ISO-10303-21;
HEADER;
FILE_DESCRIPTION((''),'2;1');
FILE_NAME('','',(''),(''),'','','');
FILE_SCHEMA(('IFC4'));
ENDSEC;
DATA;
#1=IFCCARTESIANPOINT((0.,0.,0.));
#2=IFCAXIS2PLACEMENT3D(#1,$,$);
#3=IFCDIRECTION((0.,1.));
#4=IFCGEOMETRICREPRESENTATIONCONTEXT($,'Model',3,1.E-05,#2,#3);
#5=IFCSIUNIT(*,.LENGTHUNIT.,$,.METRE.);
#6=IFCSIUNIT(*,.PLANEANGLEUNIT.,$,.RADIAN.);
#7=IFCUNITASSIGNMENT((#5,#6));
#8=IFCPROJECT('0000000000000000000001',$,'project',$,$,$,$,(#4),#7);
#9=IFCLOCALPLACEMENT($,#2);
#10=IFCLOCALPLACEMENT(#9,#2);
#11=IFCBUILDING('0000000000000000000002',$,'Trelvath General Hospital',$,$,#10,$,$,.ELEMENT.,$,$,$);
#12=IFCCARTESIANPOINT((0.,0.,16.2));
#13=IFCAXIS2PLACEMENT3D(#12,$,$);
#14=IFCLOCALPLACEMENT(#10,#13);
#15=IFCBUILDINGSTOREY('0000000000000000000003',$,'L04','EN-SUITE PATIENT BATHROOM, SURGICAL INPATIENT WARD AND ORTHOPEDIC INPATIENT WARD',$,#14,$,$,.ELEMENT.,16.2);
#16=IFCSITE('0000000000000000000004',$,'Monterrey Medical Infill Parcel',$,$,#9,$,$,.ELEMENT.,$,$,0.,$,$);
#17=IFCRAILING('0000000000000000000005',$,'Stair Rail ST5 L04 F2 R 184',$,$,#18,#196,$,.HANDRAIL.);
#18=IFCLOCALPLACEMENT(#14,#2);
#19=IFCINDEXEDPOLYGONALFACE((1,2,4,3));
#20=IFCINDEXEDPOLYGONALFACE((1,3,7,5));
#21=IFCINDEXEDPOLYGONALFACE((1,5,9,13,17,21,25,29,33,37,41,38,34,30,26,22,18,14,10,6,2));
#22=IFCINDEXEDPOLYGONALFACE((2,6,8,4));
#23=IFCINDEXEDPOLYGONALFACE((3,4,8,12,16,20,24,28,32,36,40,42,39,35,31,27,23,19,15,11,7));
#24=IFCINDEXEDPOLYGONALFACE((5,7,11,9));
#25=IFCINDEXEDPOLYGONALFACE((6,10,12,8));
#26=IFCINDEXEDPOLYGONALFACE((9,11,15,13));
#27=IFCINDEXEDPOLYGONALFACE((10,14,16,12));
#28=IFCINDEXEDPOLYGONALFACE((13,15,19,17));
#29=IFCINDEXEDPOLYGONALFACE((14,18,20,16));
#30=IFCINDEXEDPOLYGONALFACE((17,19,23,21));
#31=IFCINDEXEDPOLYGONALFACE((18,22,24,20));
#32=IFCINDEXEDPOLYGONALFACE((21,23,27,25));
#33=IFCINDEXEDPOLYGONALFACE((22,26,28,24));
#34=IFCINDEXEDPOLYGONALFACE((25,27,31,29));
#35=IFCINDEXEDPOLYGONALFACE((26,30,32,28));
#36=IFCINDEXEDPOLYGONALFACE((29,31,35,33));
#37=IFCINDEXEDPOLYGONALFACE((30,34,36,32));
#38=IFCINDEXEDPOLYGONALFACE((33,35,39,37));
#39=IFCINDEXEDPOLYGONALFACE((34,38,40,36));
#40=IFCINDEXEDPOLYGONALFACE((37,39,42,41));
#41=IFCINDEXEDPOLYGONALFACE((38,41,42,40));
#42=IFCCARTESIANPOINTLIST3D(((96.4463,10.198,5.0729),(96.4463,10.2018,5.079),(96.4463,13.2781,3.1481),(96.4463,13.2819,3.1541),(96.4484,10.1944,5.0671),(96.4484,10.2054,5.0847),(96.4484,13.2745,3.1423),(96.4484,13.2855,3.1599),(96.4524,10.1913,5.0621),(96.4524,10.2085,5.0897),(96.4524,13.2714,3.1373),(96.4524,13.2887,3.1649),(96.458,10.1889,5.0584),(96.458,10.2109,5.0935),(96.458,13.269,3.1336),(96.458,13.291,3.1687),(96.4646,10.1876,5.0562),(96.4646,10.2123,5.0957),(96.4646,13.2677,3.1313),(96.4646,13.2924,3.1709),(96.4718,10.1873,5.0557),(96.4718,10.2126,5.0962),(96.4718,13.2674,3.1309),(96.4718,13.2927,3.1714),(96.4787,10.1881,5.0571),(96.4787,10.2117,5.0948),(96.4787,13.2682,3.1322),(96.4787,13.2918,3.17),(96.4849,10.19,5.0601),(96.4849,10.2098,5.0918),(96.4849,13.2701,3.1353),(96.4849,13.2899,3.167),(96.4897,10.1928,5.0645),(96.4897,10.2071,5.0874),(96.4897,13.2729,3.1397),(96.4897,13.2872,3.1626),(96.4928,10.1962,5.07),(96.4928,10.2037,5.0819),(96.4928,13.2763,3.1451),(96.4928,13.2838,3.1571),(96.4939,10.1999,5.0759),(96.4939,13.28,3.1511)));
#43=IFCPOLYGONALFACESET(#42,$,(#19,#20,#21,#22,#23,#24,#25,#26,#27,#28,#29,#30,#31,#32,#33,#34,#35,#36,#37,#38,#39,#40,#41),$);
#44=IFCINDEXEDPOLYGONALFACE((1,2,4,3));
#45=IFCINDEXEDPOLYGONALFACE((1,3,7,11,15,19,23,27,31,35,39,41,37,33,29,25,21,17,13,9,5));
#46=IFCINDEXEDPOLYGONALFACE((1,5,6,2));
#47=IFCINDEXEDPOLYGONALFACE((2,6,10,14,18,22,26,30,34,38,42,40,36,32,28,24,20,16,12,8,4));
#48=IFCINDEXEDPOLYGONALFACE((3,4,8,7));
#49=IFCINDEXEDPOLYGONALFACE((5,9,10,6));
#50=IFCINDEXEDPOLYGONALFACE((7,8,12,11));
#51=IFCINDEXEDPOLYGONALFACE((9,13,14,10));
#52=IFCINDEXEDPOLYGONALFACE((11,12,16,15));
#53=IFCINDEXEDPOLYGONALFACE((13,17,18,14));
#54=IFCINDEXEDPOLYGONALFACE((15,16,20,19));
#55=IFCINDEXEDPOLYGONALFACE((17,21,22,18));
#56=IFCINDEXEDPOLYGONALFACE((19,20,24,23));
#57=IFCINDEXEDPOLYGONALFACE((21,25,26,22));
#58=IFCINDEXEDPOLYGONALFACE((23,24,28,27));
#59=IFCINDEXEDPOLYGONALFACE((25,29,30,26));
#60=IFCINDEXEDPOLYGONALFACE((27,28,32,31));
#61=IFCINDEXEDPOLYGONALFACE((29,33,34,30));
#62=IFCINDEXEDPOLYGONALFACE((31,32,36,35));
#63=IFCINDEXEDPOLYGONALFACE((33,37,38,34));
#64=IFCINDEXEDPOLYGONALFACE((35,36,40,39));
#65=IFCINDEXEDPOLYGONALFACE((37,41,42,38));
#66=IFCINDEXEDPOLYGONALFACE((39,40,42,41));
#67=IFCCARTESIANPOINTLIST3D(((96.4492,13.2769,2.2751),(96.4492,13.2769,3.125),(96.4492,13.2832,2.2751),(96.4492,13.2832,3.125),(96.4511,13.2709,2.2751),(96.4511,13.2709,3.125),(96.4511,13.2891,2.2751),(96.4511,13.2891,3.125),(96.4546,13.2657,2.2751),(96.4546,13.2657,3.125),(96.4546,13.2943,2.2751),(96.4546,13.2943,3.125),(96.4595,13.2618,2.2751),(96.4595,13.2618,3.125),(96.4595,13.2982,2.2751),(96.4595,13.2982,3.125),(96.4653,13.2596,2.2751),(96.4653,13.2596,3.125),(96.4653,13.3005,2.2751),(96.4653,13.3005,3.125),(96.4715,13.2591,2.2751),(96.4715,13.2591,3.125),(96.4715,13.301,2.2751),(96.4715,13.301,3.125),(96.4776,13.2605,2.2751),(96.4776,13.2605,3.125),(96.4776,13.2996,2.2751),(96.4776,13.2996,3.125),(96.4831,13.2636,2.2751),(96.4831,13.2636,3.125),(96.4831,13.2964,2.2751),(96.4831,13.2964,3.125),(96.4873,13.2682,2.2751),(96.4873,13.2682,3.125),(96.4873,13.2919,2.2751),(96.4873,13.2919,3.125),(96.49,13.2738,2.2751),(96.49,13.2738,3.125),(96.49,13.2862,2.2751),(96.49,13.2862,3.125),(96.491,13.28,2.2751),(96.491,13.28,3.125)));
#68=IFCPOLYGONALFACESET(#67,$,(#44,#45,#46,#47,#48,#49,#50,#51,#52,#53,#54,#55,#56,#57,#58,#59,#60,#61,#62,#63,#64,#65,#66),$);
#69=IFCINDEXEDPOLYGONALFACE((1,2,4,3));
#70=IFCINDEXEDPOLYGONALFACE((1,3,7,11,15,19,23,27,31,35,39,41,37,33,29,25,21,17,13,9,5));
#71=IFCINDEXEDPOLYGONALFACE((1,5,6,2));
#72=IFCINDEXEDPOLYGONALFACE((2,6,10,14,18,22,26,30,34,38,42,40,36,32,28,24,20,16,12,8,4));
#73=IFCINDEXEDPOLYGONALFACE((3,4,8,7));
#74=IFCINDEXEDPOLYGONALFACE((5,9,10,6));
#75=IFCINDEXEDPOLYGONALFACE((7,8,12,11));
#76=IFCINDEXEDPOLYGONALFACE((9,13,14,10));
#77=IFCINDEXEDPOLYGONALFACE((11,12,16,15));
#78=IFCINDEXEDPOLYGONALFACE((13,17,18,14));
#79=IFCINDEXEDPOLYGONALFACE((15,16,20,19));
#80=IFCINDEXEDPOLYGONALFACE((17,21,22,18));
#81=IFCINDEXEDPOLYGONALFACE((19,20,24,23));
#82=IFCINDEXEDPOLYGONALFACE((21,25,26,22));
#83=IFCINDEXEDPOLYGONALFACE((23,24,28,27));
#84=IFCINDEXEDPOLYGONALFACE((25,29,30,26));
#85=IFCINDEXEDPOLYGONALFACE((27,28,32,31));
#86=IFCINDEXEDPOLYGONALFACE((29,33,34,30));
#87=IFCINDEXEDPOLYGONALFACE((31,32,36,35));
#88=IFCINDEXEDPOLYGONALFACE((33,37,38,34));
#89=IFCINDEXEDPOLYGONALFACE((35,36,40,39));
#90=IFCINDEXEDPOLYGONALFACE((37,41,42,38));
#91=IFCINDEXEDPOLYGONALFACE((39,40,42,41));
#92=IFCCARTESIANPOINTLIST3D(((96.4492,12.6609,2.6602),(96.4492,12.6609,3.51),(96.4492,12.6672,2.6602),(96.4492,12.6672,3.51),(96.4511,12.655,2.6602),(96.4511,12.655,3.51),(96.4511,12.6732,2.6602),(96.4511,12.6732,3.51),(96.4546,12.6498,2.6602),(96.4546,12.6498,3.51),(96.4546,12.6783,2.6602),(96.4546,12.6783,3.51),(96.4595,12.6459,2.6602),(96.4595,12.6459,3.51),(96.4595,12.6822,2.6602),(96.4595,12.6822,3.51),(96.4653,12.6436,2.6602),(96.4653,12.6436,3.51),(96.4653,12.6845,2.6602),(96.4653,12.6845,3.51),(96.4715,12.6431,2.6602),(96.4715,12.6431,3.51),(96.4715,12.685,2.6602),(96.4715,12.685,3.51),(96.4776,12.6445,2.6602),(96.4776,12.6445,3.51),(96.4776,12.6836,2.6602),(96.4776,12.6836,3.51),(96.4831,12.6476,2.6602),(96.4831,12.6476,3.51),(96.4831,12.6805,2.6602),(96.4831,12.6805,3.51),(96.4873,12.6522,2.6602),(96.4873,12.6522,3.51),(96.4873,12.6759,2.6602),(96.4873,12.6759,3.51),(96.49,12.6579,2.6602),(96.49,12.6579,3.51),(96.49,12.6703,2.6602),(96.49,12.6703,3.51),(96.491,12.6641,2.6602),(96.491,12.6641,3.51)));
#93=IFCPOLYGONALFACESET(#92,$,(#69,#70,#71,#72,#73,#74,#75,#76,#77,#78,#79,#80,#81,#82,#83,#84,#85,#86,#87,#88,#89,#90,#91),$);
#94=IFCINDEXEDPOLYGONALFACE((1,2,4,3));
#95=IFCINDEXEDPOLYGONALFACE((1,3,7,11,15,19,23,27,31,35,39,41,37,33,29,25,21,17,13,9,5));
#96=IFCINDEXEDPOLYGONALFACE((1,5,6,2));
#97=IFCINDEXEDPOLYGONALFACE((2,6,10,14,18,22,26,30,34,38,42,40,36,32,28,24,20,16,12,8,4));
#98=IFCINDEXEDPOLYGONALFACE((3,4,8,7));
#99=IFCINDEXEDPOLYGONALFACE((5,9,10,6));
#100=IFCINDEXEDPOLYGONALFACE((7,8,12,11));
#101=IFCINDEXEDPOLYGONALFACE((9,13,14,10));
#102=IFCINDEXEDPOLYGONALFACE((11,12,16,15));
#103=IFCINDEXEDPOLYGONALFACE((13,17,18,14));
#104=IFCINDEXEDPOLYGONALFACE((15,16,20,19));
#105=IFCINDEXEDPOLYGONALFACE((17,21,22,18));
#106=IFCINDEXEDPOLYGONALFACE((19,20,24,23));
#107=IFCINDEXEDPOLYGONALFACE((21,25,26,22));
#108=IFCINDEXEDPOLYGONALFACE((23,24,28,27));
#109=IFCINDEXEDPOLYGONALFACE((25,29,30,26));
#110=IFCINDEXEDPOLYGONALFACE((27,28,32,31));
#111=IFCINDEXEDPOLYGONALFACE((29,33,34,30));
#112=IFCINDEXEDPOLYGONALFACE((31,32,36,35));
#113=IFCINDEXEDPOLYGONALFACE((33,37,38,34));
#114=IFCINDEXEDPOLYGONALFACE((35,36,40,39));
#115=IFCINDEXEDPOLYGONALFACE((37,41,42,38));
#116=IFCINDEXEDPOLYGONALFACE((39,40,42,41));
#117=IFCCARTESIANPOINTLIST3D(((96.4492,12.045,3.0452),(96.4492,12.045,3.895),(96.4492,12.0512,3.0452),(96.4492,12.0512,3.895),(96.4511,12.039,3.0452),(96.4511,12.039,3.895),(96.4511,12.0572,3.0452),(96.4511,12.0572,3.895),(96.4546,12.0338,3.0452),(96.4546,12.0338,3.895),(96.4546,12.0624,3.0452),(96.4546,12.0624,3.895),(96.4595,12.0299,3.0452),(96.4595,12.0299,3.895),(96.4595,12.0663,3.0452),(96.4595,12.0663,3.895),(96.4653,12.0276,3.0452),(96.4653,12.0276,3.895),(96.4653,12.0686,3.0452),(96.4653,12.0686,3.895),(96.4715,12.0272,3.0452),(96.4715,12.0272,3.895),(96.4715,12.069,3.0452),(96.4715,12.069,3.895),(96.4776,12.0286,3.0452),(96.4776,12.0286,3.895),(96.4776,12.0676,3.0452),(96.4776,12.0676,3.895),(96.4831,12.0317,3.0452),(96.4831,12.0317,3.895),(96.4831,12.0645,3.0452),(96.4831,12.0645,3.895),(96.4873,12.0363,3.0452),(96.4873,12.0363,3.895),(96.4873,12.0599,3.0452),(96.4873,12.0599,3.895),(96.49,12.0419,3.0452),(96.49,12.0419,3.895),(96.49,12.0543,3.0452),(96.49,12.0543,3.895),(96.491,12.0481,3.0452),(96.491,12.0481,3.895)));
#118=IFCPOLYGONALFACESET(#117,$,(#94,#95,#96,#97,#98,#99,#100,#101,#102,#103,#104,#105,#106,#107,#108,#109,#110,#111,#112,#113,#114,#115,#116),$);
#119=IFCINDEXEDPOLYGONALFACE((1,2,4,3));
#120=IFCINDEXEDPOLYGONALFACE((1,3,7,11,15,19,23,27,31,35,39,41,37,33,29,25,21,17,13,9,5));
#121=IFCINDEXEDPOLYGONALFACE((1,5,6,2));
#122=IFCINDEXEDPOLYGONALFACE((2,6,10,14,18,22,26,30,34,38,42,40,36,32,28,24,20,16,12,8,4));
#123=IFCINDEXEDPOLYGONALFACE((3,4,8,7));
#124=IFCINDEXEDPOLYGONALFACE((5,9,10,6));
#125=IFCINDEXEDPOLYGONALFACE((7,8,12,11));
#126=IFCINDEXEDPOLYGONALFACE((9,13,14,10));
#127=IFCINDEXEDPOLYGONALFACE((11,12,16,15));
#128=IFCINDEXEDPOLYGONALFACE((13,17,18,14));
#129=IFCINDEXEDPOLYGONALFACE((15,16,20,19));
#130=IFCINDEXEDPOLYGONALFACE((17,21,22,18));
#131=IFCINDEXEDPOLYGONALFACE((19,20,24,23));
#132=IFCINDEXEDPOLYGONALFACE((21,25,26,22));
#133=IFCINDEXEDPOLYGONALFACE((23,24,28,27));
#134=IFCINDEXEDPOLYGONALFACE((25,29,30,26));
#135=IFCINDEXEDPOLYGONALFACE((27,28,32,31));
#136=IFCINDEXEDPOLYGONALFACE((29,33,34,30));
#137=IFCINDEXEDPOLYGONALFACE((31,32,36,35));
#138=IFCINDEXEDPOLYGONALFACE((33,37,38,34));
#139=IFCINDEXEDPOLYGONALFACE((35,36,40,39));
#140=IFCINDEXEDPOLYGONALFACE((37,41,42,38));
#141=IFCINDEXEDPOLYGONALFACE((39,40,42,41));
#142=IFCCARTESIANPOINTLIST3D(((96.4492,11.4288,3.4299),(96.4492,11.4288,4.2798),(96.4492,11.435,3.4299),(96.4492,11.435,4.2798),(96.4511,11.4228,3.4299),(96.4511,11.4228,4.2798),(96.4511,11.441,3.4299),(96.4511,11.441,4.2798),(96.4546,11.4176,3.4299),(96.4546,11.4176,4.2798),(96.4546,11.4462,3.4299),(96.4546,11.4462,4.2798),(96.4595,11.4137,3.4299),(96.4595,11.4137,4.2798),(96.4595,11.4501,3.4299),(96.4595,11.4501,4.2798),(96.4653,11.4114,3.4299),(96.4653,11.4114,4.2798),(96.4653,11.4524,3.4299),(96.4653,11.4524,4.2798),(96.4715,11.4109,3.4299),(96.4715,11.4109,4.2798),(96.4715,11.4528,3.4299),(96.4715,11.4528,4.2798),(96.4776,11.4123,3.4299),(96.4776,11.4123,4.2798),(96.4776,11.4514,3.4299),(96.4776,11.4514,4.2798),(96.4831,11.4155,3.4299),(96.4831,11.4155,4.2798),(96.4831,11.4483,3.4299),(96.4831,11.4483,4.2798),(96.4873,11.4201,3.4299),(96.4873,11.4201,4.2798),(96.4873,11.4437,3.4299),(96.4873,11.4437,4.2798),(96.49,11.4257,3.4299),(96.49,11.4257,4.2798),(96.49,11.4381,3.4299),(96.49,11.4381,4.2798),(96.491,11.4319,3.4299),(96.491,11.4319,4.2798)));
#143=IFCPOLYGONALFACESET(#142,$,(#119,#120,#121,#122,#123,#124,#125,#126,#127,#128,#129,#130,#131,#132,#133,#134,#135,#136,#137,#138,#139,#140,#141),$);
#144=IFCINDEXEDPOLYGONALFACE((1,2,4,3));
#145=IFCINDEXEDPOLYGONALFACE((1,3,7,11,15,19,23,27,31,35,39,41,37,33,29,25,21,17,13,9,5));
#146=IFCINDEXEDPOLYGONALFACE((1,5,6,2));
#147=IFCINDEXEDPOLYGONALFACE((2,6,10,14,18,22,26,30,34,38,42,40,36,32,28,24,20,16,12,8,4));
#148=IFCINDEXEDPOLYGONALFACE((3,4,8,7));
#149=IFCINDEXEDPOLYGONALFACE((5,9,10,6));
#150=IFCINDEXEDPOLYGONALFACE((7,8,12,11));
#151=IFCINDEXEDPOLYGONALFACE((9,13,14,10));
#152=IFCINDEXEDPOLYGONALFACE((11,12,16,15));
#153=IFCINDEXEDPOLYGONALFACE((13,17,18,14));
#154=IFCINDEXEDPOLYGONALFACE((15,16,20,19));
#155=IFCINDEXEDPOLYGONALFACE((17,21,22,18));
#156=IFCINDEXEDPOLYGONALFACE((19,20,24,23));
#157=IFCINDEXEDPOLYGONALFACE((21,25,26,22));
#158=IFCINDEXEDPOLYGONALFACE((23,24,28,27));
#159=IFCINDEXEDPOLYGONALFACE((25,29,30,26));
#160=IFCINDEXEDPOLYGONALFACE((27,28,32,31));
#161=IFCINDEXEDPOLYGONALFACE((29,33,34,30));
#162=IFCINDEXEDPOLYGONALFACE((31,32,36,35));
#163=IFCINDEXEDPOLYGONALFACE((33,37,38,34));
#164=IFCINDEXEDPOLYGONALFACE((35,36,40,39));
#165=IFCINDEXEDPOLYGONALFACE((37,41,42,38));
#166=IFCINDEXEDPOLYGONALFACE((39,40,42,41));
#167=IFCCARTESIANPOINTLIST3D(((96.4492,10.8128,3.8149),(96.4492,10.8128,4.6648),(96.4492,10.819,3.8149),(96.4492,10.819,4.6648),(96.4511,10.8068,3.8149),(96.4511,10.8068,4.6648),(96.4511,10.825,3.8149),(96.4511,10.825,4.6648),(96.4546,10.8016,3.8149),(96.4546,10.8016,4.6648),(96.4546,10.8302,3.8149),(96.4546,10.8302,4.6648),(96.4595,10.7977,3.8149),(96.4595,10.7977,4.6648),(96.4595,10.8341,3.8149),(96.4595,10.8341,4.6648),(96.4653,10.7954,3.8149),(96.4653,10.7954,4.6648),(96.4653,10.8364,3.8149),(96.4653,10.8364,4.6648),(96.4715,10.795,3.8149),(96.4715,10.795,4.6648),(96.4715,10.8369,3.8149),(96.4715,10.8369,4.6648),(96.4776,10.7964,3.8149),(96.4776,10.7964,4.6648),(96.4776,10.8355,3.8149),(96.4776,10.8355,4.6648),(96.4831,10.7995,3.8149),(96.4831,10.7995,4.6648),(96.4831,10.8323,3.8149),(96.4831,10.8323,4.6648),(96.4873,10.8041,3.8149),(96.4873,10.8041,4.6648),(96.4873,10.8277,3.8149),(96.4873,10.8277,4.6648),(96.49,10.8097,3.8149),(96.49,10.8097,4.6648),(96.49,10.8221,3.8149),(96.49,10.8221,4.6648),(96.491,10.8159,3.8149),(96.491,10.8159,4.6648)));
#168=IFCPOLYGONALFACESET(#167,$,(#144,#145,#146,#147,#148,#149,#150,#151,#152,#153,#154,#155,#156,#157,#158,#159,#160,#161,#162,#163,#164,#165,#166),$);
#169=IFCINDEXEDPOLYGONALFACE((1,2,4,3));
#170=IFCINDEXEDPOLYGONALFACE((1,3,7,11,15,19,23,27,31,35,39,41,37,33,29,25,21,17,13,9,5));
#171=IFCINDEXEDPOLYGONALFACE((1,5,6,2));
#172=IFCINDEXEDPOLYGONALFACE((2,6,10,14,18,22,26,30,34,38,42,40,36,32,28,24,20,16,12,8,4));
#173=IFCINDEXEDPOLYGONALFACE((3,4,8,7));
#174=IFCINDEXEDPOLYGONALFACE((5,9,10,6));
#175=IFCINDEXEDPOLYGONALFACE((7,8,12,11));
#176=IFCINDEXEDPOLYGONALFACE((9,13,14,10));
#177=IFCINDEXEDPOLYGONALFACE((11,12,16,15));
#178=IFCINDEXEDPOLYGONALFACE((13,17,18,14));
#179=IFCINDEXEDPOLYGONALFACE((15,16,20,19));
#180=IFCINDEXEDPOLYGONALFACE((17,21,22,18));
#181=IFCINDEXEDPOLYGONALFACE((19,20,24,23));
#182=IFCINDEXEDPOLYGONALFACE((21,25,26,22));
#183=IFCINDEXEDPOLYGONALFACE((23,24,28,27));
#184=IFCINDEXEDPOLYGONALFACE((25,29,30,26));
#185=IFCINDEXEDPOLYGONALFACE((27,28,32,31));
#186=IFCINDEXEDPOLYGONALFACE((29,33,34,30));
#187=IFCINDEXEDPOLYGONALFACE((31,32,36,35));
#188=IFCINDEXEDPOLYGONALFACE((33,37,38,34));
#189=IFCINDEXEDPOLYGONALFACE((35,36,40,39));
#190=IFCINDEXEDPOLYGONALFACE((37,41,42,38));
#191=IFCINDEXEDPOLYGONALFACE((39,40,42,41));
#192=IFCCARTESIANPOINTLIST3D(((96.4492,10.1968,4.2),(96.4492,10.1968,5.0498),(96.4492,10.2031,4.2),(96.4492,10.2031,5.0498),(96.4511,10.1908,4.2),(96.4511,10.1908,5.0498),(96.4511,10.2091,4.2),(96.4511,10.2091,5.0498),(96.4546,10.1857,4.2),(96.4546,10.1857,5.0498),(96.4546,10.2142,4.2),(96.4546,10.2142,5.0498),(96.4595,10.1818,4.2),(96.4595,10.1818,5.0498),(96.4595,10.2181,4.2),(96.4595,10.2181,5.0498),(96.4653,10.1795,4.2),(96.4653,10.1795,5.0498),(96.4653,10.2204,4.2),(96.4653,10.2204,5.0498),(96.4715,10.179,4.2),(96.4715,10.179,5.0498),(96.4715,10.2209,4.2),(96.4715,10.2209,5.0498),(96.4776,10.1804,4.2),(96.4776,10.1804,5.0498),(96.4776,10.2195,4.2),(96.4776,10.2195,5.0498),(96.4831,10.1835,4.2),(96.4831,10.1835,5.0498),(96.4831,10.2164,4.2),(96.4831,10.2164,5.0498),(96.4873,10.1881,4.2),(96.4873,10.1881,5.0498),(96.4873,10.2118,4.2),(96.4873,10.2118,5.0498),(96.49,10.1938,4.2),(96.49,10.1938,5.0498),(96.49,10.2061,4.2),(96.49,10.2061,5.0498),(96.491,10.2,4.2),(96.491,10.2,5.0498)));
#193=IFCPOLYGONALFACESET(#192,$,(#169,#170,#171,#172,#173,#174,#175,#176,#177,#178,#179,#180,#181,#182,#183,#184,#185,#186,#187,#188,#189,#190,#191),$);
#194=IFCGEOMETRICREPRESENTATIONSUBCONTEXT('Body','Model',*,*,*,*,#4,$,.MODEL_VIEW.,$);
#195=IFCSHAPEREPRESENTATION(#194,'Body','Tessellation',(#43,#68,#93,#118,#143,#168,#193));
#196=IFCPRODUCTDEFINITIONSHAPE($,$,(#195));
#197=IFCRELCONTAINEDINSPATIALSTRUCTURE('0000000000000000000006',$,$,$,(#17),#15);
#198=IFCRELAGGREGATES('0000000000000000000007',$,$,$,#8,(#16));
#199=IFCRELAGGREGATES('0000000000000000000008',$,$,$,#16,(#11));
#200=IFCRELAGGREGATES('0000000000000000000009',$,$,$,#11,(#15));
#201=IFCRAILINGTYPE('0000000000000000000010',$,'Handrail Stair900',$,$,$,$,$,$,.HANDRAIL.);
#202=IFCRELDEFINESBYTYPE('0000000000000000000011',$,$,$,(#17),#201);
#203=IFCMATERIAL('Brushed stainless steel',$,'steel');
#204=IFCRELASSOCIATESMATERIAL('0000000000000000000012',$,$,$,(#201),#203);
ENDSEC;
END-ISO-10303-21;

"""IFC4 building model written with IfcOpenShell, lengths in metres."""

from ifc_helpers import new_model, si_unit, direction, frame, origin, origin_2d, place, context, subcontext, project, spatial, circle, extrude, material, type_object, element, save


model = new_model("IFC4")

# Units and contexts
model_context = context("Model", 3, precision=1e-05, world=origin(), true_north=direction((0.0, 1.0)))
body_context = subcontext(model_context, "Body", "Model", "MODEL_VIEW")
ifc_project = project(units=[si_unit("LENGTHUNIT", "METRE"), si_unit("PLANEANGLEUNIT", "RADIAN")], contexts=[model_context])

# Site, building, storey
site_placement = place(None, origin())
site = spatial("IfcSite", under=ifc_project, at=site_placement, Name="Monterrey Medical Infill Parcel", CompositionType="ELEMENT", RefElevation=0.0)
building_placement = place(site_placement, origin())
building = spatial("IfcBuilding", under=site, at=building_placement, Name="Trelvath General Hospital", CompositionType="ELEMENT")
storey_placement = place(building_placement, frame((0.0, 0.0, 16.2)))
storey = spatial("IfcBuildingStorey", under=building, at=storey_placement, Name="L04", Description="EN-SUITE PATIENT BATHROOM, SURGICAL INPATIENT WARD AND ORTHOPEDIC INPATIENT WARD", CompositionType="ELEMENT", Elevation=16.2)

# Railing
ifc_material_1 = material(Name="Brushed stainless steel", Category="steel")
railing_type_1 = type_object("IfcRailingType", Name="Handrail Stair900", PredefinedType="HANDRAIL", material=ifc_material_1)
railing_1_placement = place(storey_placement, frame((96.47, 13.28, 2.2751)))
element("IfcRailing", 1, at=railing_1_placement, inside=storey, type_object=railing_type_1, Name="Stair Rail ST5 L04 F2 R 184", PredefinedType="HANDRAIL", context=body_context, shape_type="SweptSolid", body=[
    extrude(circle(Radius=0.0239, at=origin_2d()), frame((0.0, 0.0, 0.876), z_axis=(0.0, -0.848029, 0.529951), x_axis=(1.0, 0.0, 0.0)), (0.0, 0.0, 1.0), 3.6321),
    extrude(circle(Radius=0.021, at=origin_2d()), origin(), (0.0, 0.0, 1.0), 0.8499),
    extrude(circle(Radius=0.021, at=origin_2d()), frame((0.0, -0.616, 0.385)), (0.0, 0.0, 1.0), 0.8499),
    extrude(circle(Radius=0.021, at=origin_2d()), frame((0.0, -1.2319, 0.77)), (0.0, 0.0, 1.0), 0.8499),
    extrude(circle(Radius=0.021, at=origin_2d()), frame((0.0, -1.8481, 1.1548)), (0.0, 0.0, 1.0), 0.8499),
    extrude(circle(Radius=0.021, at=origin_2d()), frame((0.0, -2.4641, 1.5398)), (0.0, 0.0, 1.0), 0.8499),
    extrude(circle(Radius=0.021, at=origin_2d()), frame((0.0, -3.0801, 1.9248)), (0.0, 0.0, 1.0), 0.8499),
])

save(model, "model.ifc")
